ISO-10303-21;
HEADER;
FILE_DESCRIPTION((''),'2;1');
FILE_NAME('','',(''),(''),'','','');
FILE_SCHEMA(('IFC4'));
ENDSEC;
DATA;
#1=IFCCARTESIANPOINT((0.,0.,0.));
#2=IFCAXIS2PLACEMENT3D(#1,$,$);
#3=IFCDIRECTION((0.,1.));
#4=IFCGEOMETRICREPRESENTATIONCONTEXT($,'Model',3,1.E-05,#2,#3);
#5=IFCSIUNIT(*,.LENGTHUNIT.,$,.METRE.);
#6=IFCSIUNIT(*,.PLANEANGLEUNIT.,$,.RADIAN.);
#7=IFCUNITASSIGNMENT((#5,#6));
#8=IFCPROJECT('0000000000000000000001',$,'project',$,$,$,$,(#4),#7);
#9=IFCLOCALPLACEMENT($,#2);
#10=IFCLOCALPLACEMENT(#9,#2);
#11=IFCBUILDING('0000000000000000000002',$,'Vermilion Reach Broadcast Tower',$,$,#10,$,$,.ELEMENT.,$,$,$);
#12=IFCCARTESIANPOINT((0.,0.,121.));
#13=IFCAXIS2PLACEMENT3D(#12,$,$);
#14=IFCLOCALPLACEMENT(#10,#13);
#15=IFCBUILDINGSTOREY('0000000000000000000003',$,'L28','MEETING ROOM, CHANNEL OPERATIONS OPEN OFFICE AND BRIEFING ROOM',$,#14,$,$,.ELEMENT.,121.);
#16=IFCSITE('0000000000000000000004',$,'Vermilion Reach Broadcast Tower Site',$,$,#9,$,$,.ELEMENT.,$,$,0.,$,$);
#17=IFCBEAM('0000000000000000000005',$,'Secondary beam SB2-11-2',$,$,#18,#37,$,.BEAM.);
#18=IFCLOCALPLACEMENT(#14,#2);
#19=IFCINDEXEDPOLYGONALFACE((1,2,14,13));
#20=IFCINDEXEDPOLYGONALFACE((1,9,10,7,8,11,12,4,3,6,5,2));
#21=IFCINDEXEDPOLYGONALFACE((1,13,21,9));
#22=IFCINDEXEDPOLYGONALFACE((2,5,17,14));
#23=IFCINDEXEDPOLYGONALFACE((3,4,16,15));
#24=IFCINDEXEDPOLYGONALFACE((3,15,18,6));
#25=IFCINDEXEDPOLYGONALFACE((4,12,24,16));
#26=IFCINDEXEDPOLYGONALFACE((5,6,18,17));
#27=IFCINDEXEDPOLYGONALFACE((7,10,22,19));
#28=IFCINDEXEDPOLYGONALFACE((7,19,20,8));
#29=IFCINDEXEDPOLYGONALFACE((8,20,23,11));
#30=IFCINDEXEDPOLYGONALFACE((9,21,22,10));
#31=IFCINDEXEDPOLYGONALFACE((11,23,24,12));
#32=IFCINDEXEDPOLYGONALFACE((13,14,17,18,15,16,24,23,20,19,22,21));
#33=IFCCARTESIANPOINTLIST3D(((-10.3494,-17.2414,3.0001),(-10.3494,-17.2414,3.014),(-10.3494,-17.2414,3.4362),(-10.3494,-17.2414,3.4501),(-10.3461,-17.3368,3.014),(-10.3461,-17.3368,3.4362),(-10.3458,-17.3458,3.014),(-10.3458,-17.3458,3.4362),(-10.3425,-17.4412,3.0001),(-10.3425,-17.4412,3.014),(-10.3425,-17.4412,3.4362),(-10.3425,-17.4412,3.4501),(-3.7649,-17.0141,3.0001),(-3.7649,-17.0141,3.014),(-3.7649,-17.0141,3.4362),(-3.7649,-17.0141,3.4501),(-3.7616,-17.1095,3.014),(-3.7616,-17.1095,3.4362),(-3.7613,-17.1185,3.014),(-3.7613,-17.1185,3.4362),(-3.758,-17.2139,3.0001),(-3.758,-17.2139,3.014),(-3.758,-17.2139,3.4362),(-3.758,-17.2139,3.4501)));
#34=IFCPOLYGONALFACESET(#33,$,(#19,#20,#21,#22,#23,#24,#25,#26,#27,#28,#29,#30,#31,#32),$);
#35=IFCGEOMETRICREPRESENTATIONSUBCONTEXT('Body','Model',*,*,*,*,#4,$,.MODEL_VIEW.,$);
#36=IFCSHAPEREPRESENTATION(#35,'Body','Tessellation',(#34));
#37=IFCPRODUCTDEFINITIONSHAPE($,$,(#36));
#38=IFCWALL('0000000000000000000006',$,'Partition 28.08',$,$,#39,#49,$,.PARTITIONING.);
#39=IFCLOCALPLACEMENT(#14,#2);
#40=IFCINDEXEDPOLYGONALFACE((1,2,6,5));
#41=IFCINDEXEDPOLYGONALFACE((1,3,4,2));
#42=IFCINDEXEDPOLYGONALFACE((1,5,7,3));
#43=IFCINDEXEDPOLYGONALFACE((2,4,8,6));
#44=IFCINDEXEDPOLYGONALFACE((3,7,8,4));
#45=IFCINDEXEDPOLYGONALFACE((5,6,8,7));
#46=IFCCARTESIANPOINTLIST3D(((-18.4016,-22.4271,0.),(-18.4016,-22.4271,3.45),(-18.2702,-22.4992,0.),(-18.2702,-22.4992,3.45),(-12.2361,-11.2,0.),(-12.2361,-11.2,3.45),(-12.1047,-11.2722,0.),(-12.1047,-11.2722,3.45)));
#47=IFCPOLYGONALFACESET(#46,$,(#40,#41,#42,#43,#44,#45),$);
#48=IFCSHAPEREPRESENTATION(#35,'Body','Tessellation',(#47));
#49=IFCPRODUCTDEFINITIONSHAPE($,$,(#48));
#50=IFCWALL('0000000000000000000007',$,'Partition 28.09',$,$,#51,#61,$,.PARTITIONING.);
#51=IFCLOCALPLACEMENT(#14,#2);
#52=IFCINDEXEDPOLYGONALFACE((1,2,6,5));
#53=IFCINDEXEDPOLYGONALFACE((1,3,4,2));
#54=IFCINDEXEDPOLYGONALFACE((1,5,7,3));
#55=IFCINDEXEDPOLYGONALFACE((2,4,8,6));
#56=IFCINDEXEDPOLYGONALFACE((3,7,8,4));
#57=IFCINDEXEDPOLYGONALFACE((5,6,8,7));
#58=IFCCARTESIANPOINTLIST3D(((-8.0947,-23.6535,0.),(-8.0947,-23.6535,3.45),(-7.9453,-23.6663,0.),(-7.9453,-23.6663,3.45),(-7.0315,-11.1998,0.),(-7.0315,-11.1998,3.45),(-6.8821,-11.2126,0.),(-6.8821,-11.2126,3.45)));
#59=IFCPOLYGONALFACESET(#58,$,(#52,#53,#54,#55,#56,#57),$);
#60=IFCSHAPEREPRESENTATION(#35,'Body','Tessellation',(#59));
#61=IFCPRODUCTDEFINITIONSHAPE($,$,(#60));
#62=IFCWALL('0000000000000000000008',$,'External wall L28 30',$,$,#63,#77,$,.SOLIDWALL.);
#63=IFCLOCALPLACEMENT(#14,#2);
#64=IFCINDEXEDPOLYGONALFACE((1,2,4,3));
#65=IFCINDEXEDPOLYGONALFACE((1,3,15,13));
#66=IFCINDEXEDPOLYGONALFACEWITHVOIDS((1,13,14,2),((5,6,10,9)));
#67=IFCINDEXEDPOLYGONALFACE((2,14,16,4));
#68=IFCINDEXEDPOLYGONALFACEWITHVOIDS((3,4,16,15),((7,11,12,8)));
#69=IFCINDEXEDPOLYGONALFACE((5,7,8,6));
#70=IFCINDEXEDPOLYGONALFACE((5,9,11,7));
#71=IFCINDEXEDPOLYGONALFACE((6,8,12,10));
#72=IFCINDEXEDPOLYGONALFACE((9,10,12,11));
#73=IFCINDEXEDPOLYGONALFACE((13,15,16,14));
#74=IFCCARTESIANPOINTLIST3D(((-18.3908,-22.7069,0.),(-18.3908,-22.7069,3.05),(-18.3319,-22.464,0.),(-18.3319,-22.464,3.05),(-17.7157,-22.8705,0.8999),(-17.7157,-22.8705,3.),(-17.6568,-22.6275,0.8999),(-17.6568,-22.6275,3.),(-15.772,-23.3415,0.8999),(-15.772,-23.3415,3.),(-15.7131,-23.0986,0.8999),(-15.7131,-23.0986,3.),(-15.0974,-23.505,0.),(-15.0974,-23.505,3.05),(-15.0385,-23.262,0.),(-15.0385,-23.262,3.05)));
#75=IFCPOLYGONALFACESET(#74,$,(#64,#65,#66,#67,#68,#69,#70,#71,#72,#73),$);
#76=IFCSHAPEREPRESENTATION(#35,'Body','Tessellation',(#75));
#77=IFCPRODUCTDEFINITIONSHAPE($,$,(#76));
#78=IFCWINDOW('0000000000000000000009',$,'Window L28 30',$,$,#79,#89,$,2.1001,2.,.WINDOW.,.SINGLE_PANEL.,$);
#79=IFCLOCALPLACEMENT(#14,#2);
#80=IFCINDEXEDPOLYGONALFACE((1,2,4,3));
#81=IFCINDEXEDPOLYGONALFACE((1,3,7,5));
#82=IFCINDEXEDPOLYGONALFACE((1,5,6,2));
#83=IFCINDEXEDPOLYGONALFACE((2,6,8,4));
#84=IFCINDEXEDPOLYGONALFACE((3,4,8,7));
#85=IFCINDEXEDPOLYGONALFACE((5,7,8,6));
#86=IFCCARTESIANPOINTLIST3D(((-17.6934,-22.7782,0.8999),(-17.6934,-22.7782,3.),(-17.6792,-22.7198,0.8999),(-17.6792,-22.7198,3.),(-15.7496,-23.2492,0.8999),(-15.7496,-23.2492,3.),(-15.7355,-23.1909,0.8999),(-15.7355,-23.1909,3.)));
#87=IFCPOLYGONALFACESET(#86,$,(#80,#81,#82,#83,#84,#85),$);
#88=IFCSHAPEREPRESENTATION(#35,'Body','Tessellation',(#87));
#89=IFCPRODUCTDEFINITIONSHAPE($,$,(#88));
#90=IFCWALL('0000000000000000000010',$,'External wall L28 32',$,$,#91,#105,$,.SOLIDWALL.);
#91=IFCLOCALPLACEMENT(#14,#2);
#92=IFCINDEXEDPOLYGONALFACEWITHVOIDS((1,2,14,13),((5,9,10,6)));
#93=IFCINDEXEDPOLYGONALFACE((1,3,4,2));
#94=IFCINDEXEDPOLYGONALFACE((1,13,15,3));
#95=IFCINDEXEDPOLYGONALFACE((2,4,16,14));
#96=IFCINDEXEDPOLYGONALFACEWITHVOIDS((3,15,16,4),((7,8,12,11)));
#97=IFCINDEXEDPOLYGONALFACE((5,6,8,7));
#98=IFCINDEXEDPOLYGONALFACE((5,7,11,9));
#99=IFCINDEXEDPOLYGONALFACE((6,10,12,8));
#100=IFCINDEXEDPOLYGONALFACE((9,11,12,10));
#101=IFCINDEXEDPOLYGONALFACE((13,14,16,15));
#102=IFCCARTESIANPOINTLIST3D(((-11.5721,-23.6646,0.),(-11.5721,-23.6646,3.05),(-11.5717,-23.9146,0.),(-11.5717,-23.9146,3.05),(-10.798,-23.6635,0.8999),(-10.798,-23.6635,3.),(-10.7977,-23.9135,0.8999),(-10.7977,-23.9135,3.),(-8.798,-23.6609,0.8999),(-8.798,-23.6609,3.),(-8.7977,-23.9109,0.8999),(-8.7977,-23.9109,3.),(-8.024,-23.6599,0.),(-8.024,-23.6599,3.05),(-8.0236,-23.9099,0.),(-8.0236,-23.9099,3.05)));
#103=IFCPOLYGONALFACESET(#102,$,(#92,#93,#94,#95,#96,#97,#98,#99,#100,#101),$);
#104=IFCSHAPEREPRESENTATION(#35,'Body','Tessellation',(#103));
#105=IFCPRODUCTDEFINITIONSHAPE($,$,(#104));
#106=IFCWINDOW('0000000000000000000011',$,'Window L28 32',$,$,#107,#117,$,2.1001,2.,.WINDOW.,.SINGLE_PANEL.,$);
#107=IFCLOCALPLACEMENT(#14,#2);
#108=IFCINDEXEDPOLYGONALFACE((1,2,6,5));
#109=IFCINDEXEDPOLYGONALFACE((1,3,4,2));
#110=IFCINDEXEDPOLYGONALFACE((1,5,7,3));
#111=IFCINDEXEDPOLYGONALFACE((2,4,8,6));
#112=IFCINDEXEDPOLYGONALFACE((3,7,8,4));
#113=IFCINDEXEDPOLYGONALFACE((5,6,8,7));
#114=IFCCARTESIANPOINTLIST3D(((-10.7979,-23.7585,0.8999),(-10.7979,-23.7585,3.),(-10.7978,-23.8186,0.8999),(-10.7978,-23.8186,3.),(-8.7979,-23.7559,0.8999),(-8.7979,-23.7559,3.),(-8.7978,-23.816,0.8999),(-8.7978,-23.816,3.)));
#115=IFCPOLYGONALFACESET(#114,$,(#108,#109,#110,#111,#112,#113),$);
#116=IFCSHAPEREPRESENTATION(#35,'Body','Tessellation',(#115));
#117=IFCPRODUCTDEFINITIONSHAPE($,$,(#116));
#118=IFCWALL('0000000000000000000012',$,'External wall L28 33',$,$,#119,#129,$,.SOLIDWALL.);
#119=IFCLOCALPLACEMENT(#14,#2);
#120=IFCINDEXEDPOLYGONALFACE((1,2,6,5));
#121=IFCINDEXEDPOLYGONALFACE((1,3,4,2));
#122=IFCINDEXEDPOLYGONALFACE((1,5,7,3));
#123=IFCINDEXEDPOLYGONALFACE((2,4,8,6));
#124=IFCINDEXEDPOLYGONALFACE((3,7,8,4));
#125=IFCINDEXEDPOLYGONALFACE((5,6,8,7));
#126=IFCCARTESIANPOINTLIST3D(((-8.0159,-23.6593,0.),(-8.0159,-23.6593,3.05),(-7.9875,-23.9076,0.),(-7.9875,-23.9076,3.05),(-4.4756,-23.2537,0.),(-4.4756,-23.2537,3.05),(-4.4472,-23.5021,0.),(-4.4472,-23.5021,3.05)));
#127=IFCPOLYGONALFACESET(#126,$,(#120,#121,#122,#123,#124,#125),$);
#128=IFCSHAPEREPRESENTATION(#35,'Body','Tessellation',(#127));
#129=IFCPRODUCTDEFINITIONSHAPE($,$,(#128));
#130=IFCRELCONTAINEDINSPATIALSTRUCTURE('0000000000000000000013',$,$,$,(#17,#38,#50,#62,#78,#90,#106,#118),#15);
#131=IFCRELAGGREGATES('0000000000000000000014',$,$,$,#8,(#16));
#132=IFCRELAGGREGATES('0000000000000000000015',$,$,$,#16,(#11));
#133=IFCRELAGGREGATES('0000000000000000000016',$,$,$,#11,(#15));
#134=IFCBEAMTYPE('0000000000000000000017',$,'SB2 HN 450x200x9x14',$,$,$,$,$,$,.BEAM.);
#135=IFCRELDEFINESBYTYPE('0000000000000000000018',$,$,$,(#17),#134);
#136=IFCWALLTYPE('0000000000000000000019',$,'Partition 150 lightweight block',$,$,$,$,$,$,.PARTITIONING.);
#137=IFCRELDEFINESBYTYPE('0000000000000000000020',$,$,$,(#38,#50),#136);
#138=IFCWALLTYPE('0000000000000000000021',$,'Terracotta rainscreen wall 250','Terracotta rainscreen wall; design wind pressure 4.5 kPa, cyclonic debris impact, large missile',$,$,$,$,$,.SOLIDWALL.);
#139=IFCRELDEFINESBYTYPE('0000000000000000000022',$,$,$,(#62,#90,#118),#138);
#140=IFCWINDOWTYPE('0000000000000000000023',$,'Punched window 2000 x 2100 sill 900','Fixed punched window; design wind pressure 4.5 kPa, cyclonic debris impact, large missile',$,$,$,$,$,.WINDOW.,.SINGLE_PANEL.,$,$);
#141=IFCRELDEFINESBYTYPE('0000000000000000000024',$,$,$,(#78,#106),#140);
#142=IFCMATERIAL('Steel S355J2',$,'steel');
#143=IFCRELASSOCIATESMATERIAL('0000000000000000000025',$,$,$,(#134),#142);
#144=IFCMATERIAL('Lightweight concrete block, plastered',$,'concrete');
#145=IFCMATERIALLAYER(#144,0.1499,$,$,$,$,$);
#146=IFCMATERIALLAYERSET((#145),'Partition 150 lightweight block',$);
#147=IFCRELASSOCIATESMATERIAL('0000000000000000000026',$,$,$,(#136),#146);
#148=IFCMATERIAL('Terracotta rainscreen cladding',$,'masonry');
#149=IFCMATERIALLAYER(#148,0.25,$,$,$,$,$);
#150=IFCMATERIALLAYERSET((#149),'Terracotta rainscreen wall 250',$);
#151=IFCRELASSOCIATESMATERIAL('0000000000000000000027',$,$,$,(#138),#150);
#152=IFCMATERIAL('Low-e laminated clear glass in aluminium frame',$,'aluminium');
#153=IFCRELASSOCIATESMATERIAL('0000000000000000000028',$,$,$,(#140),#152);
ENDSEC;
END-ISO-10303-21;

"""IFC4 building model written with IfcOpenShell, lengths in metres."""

from ifc_helpers import new_model, si_unit, direction, frame, frame_2d, origin, origin_2d, place, context, subcontext, project, spatial, rectangle, i_section, extrude, material, layer, layer_set, material_profile, profile_set, type_object, element, fill, save


model = new_model("IFC4")

# Units and contexts
model_context = context("Model", 3, precision=1e-05, world=origin(), true_north=direction((0.0, 1.0)))
body_context = subcontext(model_context, "Body", "Model", "MODEL_VIEW")
ifc_project = project(units=[si_unit("LENGTHUNIT", "METRE"), si_unit("PLANEANGLEUNIT", "RADIAN")], contexts=[model_context])

# Site, building, storey
site_placement = place(None, origin())
site = spatial("IfcSite", under=ifc_project, at=site_placement, Name="Vermilion Reach Broadcast Tower Site", CompositionType="ELEMENT", RefElevation=0.0)
building_placement = place(site_placement, origin())
building = spatial("IfcBuilding", under=site, at=building_placement, Name="Vermilion Reach Broadcast Tower", CompositionType="ELEMENT")
storey_placement = place(building_placement, frame((0.0, 0.0, 121.0)))
storey = spatial("IfcBuildingStorey", under=building, at=storey_placement, Name="L28", Description="MEETING ROOM, CHANNEL OPERATIONS OPEN OFFICE AND BRIEFING ROOM", CompositionType="ELEMENT", Elevation=121.0)

# Beam
ifc_material_1 = material(Name="Steel S355J2", Category="steel")
ifc_material_profile_1 = material_profile(ifc_material_1, i_section(OverallWidth=0.2, OverallDepth=0.45, WebThickness=0.009, FlangeThickness=0.0139, at=origin_2d()), Name="S355J2 HN 450x200x9x14")
ifc_profile_set_1 = profile_set([ifc_material_profile_1], Name="Steel S355J2")
beam_type_1 = type_object("IfcBeamType", Name="SB2 HN 450x200x9x14", PredefinedType="BEAM", material=ifc_profile_set_1)
beam_1_placement = place(storey_placement, frame((-10.3459, -17.3413, 3.2251), z_axis=(0.999405, 0.034499, 0.0), x_axis=(-0.034499, 0.999405, 0.0)))
element("IfcBeam", 1, at=beam_1_placement, inside=storey, type_object=beam_type_1, Name="Secondary beam SB2-11-2", PredefinedType="BEAM", context=body_context, shape_type="SweptSolid", body=[
    extrude(i_section(OverallWidth=0.2, OverallDepth=0.45, WebThickness=0.009, FlangeThickness=0.0139, at=origin_2d()), origin(), (0.0, 0.0, 1.0), 6.5884),
])

# Walls
ifc_material_2 = material(Name="Lightweight concrete block, plastered", Category="concrete")
ifc_layer_1 = layer(ifc_material_2, 0.1499)
ifc_layer_set_1 = layer_set([ifc_layer_1], Name="Partition 150 lightweight block")
wall_type_1 = type_object("IfcWallType", Name="Partition 150 lightweight block", PredefinedType="PARTITIONING", material=ifc_layer_set_1)
wall_1_placement = place(storey_placement, frame((-18.3359, -22.4631, 0.0), z_axis=(0.0, 0.0, 1.0), x_axis=(0.481358, 0.876524, 0.0)))
element("IfcWall", 2, at=wall_1_placement, inside=storey, type_object=wall_type_1, Name="Partition 28.08", PredefinedType="PARTITIONING", context=body_context, shape_type="SweptSolid", body=[
    extrude(rectangle(XDim=12.8086, YDim=0.1499, at=frame_2d((6.4043, 0.0))), origin(), (0.0, 0.0, 1.0), 3.45),
])
wall_2_placement = place(storey_placement, frame((-8.02, -23.6599, 0.0), z_axis=(0.0, 0.0, 1.0), x_axis=(0.085066, 0.996375, 0.0)))
element("IfcWall", 3, at=wall_2_placement, inside=storey, type_object=wall_type_1, Name="Partition 28.09", PredefinedType="PARTITIONING", context=body_context, shape_type="SweptSolid", body=[
    extrude(rectangle(XDim=12.499, YDim=0.1499, at=frame_2d((6.2495, 0.0))), origin(), (0.0, 0.0, 1.0), 3.45),
])

# Wall, opening, window
ifc_material_3 = material(Name="Terracotta rainscreen cladding", Category="masonry")
ifc_layer_2 = layer(ifc_material_3, 0.25)
ifc_layer_set_2 = layer_set([ifc_layer_2], Name="Terracotta rainscreen wall 250")
wall_type_2 = type_object("IfcWallType", Name="Terracotta rainscreen wall 250", Description="Terracotta rainscreen wall; design wind pressure 4.5 kPa, cyclonic debris impact, large missile", PredefinedType="SOLIDWALL", material=ifc_layer_set_2)
wall_3_placement = place(storey_placement, frame((-18.3613, -22.5854, 0.0), z_axis=(0.0, 0.0, 1.0), x_axis=(0.971872, -0.235511, 0.0)))
wall_3 = element("IfcWall", 4, at=wall_3_placement, inside=storey, type_object=wall_type_2, Name="External wall L28 30", PredefinedType="SOLIDWALL", context=body_context, shape_type="SweptSolid", body=[
    extrude(rectangle(XDim=3.3887, YDim=0.25, at=frame_2d((1.6943, 0.0))), origin(), (0.0, 0.0, 1.0), 3.05),
])
opening_1_placement = place(wall_3_placement, frame((0.6946, 0.0, 0.8999)))
opening_1 = element("IfcOpeningElement", 5, at=opening_1_placement, cuts=wall_3, PredefinedType="OPENING", context=body_context, shape_type="SweptSolid", body=[
    extrude(rectangle(XDim=2.0, YDim=2.1001, at=frame_2d((1.0, 1.05))), frame((0.0, 0.135, 0.0), z_axis=(0.0, -1.0, 0.0), x_axis=(1.0, 0.0, 0.0)), (0.0, 0.0, 1.0), 0.27),
])
ifc_material_4 = material(Name="Low-e laminated clear glass in aluminium frame", Category="aluminium")
window_type = type_object("IfcWindowType", Name="Punched window 2000 x 2100 sill 900", Description="Fixed punched window; design wind pressure 4.5 kPa, cyclonic debris impact, large missile", PartitioningType="SINGLE_PANEL", PredefinedType="WINDOW", material=ifc_material_4)
window_1_placement = place(opening_1_placement, origin())
window_1 = element("IfcWindow", 6, at=window_1_placement, inside=storey, type_object=window_type, Name="Window L28 30", OverallHeight=2.1001, OverallWidth=2.0, PartitioningType="SINGLE_PANEL", PredefinedType="WINDOW", context=body_context, shape_type="SweptSolid", body=[
    extrude(rectangle(XDim=2.0, YDim=2.1001, at=frame_2d((1.0, 1.05))), frame((0.0, 0.03, 0.0), z_axis=(0.0, -1.0, 0.0), x_axis=(1.0, 0.0, 0.0)), (0.0, 0.0, 1.0), 0.0601),
])
fill(opening_1, window_1)

# Wall, opening, window
wall_4_placement = place(storey_placement, frame((-11.5718, -23.7896, 0.0), z_axis=(0.0, 0.0, 1.0), x_axis=(0.999999, 0.001307, 0.0)))
wall_4 = element("IfcWall", 7, at=wall_4_placement, inside=storey, type_object=wall_type_2, Name="External wall L28 32", PredefinedType="SOLIDWALL", context=body_context, shape_type="SweptSolid", body=[
    extrude(rectangle(XDim=3.5481, YDim=0.25, at=frame_2d((1.7739, 0.0))), origin(), (0.0, 0.0, 1.0), 3.05),
])
opening_2_placement = place(wall_4_placement, frame((0.7739, 0.0, 0.8999)))
opening_2 = element("IfcOpeningElement", 8, at=opening_2_placement, cuts=wall_4, PredefinedType="OPENING", context=body_context, shape_type="SweptSolid", body=[
    extrude(rectangle(XDim=2.0, YDim=2.1001, at=frame_2d((1.0, 1.05))), frame((0.0, 0.135, 0.0), z_axis=(0.0, -1.0, 0.0), x_axis=(1.0, 0.0, 0.0)), (0.0, 0.0, 1.0), 0.27),
])
window_2_placement = place(opening_2_placement, origin())
window_2 = element("IfcWindow", 9, at=window_2_placement, inside=storey, type_object=window_type, Name="Window L28 32", OverallHeight=2.1001, OverallWidth=2.0, PartitioningType="SINGLE_PANEL", PredefinedType="WINDOW", context=body_context, shape_type="SweptSolid", body=[
    extrude(rectangle(XDim=2.0, YDim=2.1001, at=frame_2d((1.0, 1.05))), frame((0.0, 0.03, 0.0), z_axis=(0.0, -1.0, 0.0), x_axis=(1.0, 0.0, 0.0)), (0.0, 0.0, 1.0), 0.0601),
])
fill(opening_2, window_2)

# Wall
wall_5_placement = place(storey_placement, frame((-8.0017, -23.7834, 0.0), z_axis=(0.0, 0.0, 1.0), x_axis=(0.993504, 0.1138, 0.0)))
element("IfcWall", 10, at=wall_5_placement, inside=storey, type_object=wall_type_2, Name="External wall L28 33", PredefinedType="SOLIDWALL", context=body_context, shape_type="SweptSolid", body=[
    extrude(rectangle(XDim=3.5635, YDim=0.25, at=frame_2d((1.7817, 0.0))), origin(), (0.0, 0.0, 1.0), 3.05),
])

save(model, "model.ifc")
